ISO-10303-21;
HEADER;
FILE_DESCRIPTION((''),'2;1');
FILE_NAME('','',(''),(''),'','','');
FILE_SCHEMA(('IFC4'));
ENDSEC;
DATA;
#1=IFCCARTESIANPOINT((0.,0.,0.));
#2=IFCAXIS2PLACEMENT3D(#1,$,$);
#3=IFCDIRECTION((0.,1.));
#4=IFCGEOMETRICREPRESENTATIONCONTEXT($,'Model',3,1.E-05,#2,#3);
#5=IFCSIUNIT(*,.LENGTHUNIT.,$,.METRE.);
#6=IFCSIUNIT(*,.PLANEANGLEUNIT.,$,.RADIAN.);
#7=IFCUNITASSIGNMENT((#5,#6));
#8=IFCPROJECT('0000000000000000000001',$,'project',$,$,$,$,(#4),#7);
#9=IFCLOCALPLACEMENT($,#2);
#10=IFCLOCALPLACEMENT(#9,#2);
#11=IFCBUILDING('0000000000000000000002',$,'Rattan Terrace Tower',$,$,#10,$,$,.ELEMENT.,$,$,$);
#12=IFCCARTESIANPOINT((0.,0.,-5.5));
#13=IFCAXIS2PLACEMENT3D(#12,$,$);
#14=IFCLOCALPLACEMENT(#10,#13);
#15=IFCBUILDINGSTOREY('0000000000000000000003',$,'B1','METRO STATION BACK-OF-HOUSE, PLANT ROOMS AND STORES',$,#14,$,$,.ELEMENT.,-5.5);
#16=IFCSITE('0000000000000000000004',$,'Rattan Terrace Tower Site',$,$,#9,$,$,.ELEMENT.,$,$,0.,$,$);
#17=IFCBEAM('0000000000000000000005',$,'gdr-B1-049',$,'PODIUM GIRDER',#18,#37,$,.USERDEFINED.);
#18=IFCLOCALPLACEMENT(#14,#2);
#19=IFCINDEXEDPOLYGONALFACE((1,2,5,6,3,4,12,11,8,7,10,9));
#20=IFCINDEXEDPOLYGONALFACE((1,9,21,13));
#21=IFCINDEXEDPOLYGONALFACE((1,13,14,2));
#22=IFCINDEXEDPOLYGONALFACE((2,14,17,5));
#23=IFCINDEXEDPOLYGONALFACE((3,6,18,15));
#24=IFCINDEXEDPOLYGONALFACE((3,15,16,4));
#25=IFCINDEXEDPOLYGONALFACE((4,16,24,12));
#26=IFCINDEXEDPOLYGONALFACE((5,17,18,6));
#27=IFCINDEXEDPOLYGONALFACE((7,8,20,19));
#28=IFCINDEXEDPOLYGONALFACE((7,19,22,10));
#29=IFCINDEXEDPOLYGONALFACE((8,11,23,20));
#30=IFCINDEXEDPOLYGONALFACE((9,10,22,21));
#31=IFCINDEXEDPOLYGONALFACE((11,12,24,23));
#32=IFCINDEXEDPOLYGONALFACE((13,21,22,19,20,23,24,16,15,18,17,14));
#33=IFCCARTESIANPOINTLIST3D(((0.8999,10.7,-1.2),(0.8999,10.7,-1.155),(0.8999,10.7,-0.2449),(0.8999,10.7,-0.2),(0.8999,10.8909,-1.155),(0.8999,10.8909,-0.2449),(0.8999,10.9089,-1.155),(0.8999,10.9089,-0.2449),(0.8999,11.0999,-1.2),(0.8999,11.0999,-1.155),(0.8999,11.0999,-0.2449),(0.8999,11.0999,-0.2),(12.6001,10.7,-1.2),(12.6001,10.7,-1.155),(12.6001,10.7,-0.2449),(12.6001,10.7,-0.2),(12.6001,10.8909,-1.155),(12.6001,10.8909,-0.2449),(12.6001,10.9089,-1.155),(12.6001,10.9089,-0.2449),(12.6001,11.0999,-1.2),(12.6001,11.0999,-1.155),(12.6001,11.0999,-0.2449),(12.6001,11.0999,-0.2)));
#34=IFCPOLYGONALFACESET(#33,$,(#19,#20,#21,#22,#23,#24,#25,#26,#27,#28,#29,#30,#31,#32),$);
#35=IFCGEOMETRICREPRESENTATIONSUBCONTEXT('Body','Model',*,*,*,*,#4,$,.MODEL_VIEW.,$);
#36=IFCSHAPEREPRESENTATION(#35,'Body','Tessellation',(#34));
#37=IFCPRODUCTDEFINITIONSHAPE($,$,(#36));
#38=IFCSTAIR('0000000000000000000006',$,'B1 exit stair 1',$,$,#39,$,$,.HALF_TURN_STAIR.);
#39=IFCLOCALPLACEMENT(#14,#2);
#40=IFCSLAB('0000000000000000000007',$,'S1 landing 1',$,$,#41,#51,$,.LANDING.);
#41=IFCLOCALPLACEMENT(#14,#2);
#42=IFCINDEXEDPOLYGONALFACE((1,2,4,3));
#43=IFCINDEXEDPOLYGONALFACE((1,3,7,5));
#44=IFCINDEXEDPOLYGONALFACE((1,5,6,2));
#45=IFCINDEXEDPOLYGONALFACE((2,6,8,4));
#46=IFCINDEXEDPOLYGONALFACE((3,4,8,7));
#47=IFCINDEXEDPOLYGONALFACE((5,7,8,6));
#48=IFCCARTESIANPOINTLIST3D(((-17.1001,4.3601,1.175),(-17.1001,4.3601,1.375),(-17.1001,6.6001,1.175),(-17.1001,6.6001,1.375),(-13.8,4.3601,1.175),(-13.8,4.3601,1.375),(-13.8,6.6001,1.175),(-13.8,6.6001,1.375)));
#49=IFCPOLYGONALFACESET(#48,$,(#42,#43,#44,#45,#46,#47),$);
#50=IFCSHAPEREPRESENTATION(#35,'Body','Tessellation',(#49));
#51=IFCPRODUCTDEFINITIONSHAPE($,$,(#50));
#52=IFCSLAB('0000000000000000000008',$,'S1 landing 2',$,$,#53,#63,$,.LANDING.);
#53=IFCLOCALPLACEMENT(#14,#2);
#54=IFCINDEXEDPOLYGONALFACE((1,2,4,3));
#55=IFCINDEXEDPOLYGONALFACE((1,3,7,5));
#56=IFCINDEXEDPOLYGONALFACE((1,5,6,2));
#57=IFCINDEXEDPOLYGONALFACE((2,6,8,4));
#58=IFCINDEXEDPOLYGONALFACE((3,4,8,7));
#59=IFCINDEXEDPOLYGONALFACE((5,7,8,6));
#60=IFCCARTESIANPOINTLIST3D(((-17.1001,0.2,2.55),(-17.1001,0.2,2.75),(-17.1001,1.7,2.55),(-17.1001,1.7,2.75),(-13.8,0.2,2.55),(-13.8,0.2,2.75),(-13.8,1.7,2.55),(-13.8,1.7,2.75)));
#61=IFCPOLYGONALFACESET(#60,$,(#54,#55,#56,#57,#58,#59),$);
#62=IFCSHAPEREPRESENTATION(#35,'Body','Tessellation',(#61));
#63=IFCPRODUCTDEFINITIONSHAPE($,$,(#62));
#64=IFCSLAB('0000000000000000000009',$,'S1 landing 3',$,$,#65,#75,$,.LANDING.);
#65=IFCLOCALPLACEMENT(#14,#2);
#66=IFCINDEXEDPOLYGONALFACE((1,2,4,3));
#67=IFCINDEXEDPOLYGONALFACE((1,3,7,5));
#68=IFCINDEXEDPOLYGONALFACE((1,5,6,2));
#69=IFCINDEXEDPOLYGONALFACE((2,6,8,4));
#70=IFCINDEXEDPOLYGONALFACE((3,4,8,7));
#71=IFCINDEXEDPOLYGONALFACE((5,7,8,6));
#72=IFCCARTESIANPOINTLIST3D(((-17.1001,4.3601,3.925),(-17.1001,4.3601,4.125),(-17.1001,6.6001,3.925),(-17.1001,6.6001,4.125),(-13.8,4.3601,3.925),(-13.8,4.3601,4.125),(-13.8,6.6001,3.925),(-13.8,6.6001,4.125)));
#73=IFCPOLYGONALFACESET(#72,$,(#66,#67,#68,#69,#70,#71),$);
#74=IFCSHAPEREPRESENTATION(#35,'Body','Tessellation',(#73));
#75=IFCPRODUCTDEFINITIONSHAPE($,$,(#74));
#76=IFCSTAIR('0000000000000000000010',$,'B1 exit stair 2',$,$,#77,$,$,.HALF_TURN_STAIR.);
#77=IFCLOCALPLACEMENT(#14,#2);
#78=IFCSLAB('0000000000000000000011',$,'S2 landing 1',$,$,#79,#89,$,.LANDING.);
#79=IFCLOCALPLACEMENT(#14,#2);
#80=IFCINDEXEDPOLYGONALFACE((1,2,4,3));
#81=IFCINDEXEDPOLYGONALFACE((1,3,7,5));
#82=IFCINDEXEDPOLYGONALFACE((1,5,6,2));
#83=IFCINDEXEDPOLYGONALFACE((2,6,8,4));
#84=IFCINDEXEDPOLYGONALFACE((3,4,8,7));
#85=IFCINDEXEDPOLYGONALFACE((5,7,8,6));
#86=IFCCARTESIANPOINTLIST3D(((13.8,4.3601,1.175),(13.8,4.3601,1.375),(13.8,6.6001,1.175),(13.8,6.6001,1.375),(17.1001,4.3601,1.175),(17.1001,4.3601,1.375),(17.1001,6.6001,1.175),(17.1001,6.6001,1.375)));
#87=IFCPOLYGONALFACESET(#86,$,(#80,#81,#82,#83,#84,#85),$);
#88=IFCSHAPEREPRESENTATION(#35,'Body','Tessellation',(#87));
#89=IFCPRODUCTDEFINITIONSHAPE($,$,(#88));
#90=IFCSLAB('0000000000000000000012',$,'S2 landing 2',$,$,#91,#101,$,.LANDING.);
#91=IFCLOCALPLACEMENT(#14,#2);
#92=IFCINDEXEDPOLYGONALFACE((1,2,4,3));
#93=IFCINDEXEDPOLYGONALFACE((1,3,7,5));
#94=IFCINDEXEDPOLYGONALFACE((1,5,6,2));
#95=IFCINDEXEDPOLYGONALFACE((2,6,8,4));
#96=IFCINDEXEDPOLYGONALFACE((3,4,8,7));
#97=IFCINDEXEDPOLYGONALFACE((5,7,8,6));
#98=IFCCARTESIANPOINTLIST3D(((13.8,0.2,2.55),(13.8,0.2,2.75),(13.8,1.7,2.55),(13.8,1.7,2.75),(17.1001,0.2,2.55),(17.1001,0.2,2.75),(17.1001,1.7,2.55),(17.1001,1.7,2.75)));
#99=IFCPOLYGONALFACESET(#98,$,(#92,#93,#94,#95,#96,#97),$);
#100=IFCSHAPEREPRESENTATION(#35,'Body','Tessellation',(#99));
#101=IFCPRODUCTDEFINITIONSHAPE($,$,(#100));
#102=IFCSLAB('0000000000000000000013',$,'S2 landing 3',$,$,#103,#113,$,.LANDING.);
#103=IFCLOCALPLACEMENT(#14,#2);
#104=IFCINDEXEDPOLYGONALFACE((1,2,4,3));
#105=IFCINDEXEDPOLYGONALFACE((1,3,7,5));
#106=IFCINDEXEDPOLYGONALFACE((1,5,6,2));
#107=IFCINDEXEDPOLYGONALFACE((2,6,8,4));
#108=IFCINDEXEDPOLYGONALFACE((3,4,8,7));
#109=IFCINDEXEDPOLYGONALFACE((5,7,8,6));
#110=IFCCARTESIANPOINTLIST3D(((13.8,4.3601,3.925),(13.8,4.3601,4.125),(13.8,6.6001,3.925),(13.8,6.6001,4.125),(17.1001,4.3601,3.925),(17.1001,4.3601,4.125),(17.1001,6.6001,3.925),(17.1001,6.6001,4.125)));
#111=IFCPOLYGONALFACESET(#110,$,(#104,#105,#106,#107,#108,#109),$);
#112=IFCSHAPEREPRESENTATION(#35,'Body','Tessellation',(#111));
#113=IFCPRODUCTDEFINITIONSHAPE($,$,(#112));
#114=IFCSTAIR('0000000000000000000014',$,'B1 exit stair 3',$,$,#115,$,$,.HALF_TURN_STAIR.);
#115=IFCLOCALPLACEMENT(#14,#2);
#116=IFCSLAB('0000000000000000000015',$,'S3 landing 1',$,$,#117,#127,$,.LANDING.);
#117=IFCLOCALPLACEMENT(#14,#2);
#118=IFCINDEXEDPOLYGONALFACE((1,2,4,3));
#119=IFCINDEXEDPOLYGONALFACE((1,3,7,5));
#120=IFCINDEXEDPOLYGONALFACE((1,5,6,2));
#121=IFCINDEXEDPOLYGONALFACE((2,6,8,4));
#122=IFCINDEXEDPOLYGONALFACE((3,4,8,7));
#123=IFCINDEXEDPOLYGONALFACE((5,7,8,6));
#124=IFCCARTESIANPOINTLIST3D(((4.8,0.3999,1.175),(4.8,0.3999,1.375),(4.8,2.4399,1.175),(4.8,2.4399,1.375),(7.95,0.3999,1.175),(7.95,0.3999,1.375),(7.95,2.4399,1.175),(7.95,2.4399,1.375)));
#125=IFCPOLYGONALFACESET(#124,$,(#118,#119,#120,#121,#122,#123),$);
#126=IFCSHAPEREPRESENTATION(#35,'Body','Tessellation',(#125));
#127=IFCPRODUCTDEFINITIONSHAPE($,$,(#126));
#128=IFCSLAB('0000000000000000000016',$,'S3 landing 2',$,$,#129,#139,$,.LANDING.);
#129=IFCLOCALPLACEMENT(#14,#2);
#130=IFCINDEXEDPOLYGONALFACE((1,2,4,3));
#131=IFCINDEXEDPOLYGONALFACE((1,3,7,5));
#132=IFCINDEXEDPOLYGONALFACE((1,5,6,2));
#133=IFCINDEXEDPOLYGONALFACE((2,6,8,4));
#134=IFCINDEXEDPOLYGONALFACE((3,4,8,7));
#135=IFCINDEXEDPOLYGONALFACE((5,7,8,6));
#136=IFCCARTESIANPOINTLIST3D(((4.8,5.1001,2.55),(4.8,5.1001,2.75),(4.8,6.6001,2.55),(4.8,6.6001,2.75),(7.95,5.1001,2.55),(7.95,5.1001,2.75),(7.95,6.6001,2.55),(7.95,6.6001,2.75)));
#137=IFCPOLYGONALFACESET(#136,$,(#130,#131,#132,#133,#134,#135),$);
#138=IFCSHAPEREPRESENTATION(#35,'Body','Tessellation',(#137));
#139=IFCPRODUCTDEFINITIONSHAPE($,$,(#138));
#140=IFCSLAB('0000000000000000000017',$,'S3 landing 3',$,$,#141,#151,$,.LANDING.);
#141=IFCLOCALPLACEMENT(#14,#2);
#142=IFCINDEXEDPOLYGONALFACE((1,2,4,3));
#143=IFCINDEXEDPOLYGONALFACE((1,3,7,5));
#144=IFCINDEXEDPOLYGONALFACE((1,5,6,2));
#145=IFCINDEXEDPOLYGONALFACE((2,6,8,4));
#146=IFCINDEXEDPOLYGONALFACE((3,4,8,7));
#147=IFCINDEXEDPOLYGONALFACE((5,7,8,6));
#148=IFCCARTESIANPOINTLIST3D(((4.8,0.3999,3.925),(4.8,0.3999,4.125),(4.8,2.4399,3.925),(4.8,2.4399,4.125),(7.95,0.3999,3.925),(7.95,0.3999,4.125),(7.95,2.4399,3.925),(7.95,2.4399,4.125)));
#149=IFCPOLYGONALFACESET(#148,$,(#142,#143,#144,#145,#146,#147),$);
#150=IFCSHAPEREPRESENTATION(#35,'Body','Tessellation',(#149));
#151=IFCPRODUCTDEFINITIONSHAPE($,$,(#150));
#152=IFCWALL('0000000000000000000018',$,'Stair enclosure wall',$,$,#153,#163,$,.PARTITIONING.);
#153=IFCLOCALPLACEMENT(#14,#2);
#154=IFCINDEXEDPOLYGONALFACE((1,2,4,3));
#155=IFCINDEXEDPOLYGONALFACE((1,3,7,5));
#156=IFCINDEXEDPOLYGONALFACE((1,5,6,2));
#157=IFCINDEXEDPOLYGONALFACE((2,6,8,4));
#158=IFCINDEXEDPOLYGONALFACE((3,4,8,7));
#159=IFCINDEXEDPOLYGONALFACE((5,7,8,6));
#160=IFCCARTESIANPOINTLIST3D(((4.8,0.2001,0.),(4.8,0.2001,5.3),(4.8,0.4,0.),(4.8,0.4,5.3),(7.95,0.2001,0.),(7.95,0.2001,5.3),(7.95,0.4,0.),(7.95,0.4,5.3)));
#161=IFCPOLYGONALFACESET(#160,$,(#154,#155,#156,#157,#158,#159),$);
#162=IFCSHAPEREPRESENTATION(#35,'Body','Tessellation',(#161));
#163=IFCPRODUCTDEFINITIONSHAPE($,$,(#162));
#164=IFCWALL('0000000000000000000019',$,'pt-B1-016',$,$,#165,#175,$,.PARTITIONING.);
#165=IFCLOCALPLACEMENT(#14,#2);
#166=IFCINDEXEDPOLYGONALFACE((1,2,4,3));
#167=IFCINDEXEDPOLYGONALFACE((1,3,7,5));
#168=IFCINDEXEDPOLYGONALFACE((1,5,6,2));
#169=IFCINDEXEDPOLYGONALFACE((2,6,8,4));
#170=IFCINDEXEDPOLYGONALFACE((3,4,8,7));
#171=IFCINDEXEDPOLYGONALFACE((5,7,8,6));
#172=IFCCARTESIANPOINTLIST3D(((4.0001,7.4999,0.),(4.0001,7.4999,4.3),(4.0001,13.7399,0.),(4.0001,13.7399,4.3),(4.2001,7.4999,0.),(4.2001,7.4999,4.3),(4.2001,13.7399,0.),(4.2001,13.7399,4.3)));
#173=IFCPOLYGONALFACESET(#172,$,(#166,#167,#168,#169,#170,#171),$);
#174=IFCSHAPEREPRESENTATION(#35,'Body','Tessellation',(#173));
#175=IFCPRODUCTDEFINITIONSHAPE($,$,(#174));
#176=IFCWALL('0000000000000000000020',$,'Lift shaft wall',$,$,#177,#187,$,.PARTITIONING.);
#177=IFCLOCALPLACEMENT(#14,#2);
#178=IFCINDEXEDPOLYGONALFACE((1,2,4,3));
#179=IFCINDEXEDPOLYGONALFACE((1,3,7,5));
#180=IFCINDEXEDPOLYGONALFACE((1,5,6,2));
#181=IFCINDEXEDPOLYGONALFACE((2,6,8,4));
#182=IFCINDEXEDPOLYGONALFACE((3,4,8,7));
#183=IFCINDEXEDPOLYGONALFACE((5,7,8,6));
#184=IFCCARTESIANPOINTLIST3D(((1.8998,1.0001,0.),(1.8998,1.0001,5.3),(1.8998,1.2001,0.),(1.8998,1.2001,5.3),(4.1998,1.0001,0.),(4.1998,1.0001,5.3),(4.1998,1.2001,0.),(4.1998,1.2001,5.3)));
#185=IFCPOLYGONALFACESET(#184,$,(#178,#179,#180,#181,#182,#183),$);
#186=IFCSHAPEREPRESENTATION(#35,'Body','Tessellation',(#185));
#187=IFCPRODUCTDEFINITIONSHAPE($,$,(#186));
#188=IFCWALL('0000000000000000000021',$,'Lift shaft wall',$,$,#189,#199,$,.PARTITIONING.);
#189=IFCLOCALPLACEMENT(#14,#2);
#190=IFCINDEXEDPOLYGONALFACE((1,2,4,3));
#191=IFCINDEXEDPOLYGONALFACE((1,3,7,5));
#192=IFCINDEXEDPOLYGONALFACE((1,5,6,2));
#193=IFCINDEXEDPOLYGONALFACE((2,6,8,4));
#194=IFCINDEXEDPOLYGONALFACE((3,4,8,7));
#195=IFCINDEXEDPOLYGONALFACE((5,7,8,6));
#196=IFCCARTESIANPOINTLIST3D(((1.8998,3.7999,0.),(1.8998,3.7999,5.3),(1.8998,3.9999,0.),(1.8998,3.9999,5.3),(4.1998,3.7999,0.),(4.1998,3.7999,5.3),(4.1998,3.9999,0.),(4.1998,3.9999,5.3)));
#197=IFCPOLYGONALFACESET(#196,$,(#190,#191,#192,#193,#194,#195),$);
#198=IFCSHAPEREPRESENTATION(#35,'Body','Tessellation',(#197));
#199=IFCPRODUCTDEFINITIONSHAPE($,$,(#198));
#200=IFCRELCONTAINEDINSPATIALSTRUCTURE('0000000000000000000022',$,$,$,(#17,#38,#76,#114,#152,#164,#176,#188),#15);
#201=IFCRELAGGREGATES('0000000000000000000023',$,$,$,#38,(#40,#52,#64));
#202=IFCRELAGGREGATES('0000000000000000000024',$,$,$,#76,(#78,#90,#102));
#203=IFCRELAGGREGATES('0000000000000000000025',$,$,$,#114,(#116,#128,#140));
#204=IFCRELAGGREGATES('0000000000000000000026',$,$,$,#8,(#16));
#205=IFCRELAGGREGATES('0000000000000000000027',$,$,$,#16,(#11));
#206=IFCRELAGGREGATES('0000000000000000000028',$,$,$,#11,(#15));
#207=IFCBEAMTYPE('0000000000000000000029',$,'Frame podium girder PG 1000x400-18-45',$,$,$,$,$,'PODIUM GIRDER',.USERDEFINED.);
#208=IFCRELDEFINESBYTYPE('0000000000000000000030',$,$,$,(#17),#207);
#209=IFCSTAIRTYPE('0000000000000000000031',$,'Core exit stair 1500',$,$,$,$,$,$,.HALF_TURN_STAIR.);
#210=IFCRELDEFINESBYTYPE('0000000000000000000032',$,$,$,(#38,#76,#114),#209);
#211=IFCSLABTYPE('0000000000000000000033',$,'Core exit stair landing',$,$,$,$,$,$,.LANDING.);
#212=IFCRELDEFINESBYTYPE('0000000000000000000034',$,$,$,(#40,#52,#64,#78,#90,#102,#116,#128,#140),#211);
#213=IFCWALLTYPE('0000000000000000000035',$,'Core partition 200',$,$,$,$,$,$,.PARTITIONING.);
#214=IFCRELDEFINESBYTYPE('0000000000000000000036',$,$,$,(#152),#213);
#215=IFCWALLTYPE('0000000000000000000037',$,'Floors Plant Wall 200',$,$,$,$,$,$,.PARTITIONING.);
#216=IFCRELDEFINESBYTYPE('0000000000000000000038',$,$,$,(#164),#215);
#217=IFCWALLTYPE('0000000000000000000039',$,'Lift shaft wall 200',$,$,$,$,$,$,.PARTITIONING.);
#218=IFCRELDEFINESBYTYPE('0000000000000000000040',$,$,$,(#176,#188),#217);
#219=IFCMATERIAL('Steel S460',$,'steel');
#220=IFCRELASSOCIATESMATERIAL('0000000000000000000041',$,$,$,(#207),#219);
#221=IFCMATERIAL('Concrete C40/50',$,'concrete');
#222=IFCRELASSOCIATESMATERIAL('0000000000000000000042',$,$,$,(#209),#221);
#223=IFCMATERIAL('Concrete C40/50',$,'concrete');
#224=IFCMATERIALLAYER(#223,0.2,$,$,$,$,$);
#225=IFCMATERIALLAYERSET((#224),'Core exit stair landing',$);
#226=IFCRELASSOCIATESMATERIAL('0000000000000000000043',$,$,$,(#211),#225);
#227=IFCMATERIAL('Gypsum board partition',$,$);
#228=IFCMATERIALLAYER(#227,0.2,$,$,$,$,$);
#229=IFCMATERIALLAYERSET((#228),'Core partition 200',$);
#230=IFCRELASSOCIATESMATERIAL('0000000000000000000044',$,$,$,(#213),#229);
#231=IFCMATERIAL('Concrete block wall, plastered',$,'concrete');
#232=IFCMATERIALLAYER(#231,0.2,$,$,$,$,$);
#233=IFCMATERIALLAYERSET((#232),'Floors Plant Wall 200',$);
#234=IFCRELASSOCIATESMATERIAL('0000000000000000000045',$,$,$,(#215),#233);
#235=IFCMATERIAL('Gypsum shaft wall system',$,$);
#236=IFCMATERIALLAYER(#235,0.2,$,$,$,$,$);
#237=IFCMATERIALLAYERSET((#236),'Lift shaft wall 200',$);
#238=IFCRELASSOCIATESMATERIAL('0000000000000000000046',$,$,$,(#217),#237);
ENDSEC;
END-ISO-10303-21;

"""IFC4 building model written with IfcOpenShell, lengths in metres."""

from ifc_helpers import new_model, si_unit, direction, frame, frame_2d, origin, origin_2d, place, context, subcontext, project, spatial, polyline, rectangle, i_section, outline, extrude, material, layer, layer_set, material_profile, profile_set, type_object, element, aggregate, save


model = new_model("IFC4")

# Units and contexts
model_context = context("Model", 3, precision=1e-05, world=origin(), true_north=direction((0.0, 1.0)))
body_context = subcontext(model_context, "Body", "Model", "MODEL_VIEW")
ifc_project = project(units=[si_unit("LENGTHUNIT", "METRE"), si_unit("PLANEANGLEUNIT", "RADIAN")], contexts=[model_context])

# Site, building, storey
site_placement = place(None, origin())
site = spatial("IfcSite", under=ifc_project, at=site_placement, Name="Rattan Terrace Tower Site", CompositionType="ELEMENT", RefElevation=0.0)
building_placement = place(site_placement, origin())
building = spatial("IfcBuilding", under=site, at=building_placement, Name="Rattan Terrace Tower", CompositionType="ELEMENT")
storey_placement = place(building_placement, frame((0.0, 0.0, -5.5)))
storey = spatial("IfcBuildingStorey", under=building, at=storey_placement, Name="B1", Description="METRO STATION BACK-OF-HOUSE, PLANT ROOMS AND STORES", CompositionType="ELEMENT", Elevation=-5.5)

# Beam
ifc_material_1 = material(Name="Steel S460", Category="steel")
ifc_material_profile_1 = material_profile(ifc_material_1, i_section(OverallWidth=0.3999, OverallDepth=1.0, WebThickness=0.0181, FlangeThickness=0.0449, at=origin_2d()), Name="PG 1000x400-18-45")
ifc_profile_set_1 = profile_set([ifc_material_profile_1], Name="Steel S460")
beam_type_1 = type_object("IfcBeamType", Name="Frame podium girder PG 1000x400-18-45", ElementType="PODIUM GIRDER", PredefinedType="USERDEFINED", material=ifc_profile_set_1)
beam_1_placement = place(storey_placement, frame((0.8999, 10.8999, -0.7), z_axis=(1.0, 0.0, 0.0), x_axis=(0.0, 1.0, 0.0)))
element("IfcBeam", 1, at=beam_1_placement, inside=storey, type_object=beam_type_1, Name="gdr-B1-049", ObjectType="PODIUM GIRDER", PredefinedType="USERDEFINED", context=body_context, shape_type="SweptSolid", body=[
    extrude(i_section(OverallWidth=0.3999, OverallDepth=1.0, WebThickness=0.0181, FlangeThickness=0.0449, at=origin_2d()), origin(), (0.0, 0.0, 1.0), 11.7002),
])

# Stairs, slabs
ifc_material_2 = material(Name="Concrete C40/50", Category="concrete")
stair_type = type_object("IfcStairType", Name="Core exit stair 1500", PredefinedType="HALF_TURN_STAIR", material=ifc_material_2)
stair_1_placement = place(storey_placement, origin())
stair_1 = element("IfcStair", 2, at=stair_1_placement, inside=storey, type_object=stair_type, Name="B1 exit stair 1", PredefinedType="HALF_TURN_STAIR")
ifc_material_3 = material(Name="Concrete C40/50", Category="concrete")
ifc_layer_1 = layer(ifc_material_3, 0.2)
ifc_layer_set_1 = layer_set([ifc_layer_1], Name="Core exit stair landing")
slab_type = type_object("IfcSlabType", Name="Core exit stair landing", PredefinedType="LANDING", material=ifc_layer_set_1)
slab_1_placement = place(storey_placement, frame((0.0, 0.0, 1.175)))
slab_1 = element("IfcSlab", 3, at=slab_1_placement, type_object=slab_type, Name="S1 landing 1", PredefinedType="LANDING", context=body_context, shape_type="SweptSolid", body=[
    extrude(outline(polyline([(-13.8, 4.3601), (-13.8, 6.6001), (-17.1001, 6.6001), (-17.1001, 4.3601), (-13.8, 4.3601)])), origin(), (0.0, 0.0, 1.0), 0.2),
])
slab_2_placement = place(storey_placement, frame((0.0, 0.0, 2.55)))
slab_2 = element("IfcSlab", 4, at=slab_2_placement, type_object=slab_type, Name="S1 landing 2", PredefinedType="LANDING", context=body_context, shape_type="SweptSolid", body=[
    extrude(outline(polyline([(-13.8, 0.2), (-13.8, 1.7), (-17.1001, 1.7), (-17.1001, 0.2), (-13.8, 0.2)])), origin(), (0.0, 0.0, 1.0), 0.2),
])
slab_3_placement = place(storey_placement, frame((0.0, 0.0, 3.925)))
slab_3 = element("IfcSlab", 5, at=slab_3_placement, type_object=slab_type, Name="S1 landing 3", PredefinedType="LANDING", context=body_context, shape_type="SweptSolid", body=[
    extrude(outline(polyline([(-13.8, 4.3601), (-13.8, 6.6001), (-17.1001, 6.6001), (-17.1001, 4.3601), (-13.8, 4.3601)])), origin(), (0.0, 0.0, 1.0), 0.2),
])
aggregate(stair_1, [slab_1, slab_2, slab_3])
stair_2_placement = place(storey_placement, origin())
stair_2 = element("IfcStair", 6, at=stair_2_placement, inside=storey, type_object=stair_type, Name="B1 exit stair 2", PredefinedType="HALF_TURN_STAIR")
slab_4_placement = place(storey_placement, frame((0.0, 0.0, 1.175)))
slab_4 = element("IfcSlab", 7, at=slab_4_placement, type_object=slab_type, Name="S2 landing 1", PredefinedType="LANDING", context=body_context, shape_type="SweptSolid", body=[
    extrude(outline(polyline([(17.1001, 4.3601), (17.1001, 6.6001), (13.8, 6.6001), (13.8, 4.3601), (17.1001, 4.3601)])), origin(), (0.0, 0.0, 1.0), 0.2),
])
slab_5_placement = place(storey_placement, frame((0.0, 0.0, 2.55)))
slab_5 = element("IfcSlab", 8, at=slab_5_placement, type_object=slab_type, Name="S2 landing 2", PredefinedType="LANDING", context=body_context, shape_type="SweptSolid", body=[
    extrude(outline(polyline([(17.1001, 0.2), (17.1001, 1.7), (13.8, 1.7), (13.8, 0.2), (17.1001, 0.2)])), origin(), (0.0, 0.0, 1.0), 0.2),
])
slab_6_placement = place(storey_placement, frame((0.0, 0.0, 3.925)))
slab_6 = element("IfcSlab", 9, at=slab_6_placement, type_object=slab_type, Name="S2 landing 3", PredefinedType="LANDING", context=body_context, shape_type="SweptSolid", body=[
    extrude(outline(polyline([(17.1001, 4.3601), (17.1001, 6.6001), (13.8, 6.6001), (13.8, 4.3601), (17.1001, 4.3601)])), origin(), (0.0, 0.0, 1.0), 0.2),
])
aggregate(stair_2, [slab_4, slab_5, slab_6])
stair_3_placement = place(storey_placement, origin())
stair_3 = element("IfcStair", 10, at=stair_3_placement, inside=storey, type_object=stair_type, Name="B1 exit stair 3", PredefinedType="HALF_TURN_STAIR")
slab_7_placement = place(storey_placement, frame((0.0, 0.0, 1.175)))
slab_7 = element("IfcSlab", 11, at=slab_7_placement, type_object=slab_type, Name="S3 landing 1", PredefinedType="LANDING", context=body_context, shape_type="SweptSolid", body=[
    extrude(outline(polyline([(4.8, 2.4399), (4.8, 0.3999), (7.95, 0.3999), (7.95, 2.4399), (4.8, 2.4399)])), origin(), (0.0, 0.0, 1.0), 0.2),
])
slab_8_placement = place(storey_placement, frame((0.0, 0.0, 2.55)))
slab_8 = element("IfcSlab", 12, at=slab_8_placement, type_object=slab_type, Name="S3 landing 2", PredefinedType="LANDING", context=body_context, shape_type="SweptSolid", body=[
    extrude(outline(polyline([(4.8, 6.6001), (4.8, 5.1001), (7.95, 5.1001), (7.95, 6.6001), (4.8, 6.6001)])), origin(), (0.0, 0.0, 1.0), 0.2),
])
slab_9_placement = place(storey_placement, frame((0.0, 0.0, 3.925)))
slab_9 = element("IfcSlab", 13, at=slab_9_placement, type_object=slab_type, Name="S3 landing 3", PredefinedType="LANDING", context=body_context, shape_type="SweptSolid", body=[
    extrude(outline(polyline([(4.8, 2.4399), (4.8, 0.3999), (7.95, 0.3999), (7.95, 2.4399), (4.8, 2.4399)])), origin(), (0.0, 0.0, 1.0), 0.2),
])
aggregate(stair_3, [slab_7, slab_8, slab_9])

# Walls
ifc_material_4 = material(Name="Gypsum board partition")
ifc_layer_2 = layer(ifc_material_4, 0.2)
ifc_layer_set_2 = layer_set([ifc_layer_2], Name="Core partition 200")
wall_type_1 = type_object("IfcWallType", Name="Core partition 200", PredefinedType="PARTITIONING", material=ifc_layer_set_2)
wall_1_placement = place(storey_placement, frame((4.8, 0.3, 0.0), z_axis=(0.0, 0.0, 1.0), x_axis=(1.0, 0.0, 0.0)))
element("IfcWall", 14, at=wall_1_placement, inside=storey, type_object=wall_type_1, Name="Stair enclosure wall", PredefinedType="PARTITIONING", context=body_context, shape_type="SweptSolid", body=[
    extrude(rectangle(XDim=3.1499, YDim=0.2, at=frame_2d((1.575, 0.0))), origin(), (0.0, 0.0, 1.0), 5.3),
])
ifc_material_5 = material(Name="Concrete block wall, plastered", Category="concrete")
ifc_layer_3 = layer(ifc_material_5, 0.2)
ifc_layer_set_3 = layer_set([ifc_layer_3], Name="Floors Plant Wall 200")
wall_type_2 = type_object("IfcWallType", Name="Floors Plant Wall 200", PredefinedType="PARTITIONING", material=ifc_layer_set_3)
wall_2_placement = place(storey_placement, frame((4.1001, 13.74, 0.0), z_axis=(0.0, 0.0, 1.0), x_axis=(0.0, -1.0, 0.0)))
element("IfcWall", 15, at=wall_2_placement, inside=storey, type_object=wall_type_2, Name="pt-B1-016", PredefinedType="PARTITIONING", context=body_context, shape_type="SweptSolid", body=[
    extrude(rectangle(XDim=6.24, YDim=0.2, at=frame_2d((3.1201, 0.0))), origin(), (0.0, 0.0, 1.0), 4.3),
])
ifc_material_6 = material(Name="Gypsum shaft wall system")
ifc_layer_4 = layer(ifc_material_6, 0.2)
ifc_layer_set_4 = layer_set([ifc_layer_4], Name="Lift shaft wall 200")
wall_type_3 = type_object("IfcWallType", Name="Lift shaft wall 200", PredefinedType="PARTITIONING", material=ifc_layer_set_4)
for number, where, z_axis, x_axis, name in (
    (16, (1.8999, 1.1001, 0.0), (0.0, 0.0, 1.0), (1.0, 0.0, 0.0), "Lift shaft wall"),
    (17, (1.8999, 3.8999, 0.0), (0.0, 0.0, 1.0), (1.0, 0.0, 0.0), "Lift shaft wall"),
):
    element("IfcWall", number, at=place(storey_placement, frame(where, z_axis=z_axis, x_axis=x_axis)), inside=storey, type_object=wall_type_3, Name=name, PredefinedType="PARTITIONING", context=body_context, shape_type="SweptSolid", body=[
        extrude(rectangle(XDim=2.3, YDim=0.2, at=frame_2d((1.1499, 0.0))), origin(), (0.0, 0.0, 1.0), 5.3),
    ])

save(model, "model.ifc")
